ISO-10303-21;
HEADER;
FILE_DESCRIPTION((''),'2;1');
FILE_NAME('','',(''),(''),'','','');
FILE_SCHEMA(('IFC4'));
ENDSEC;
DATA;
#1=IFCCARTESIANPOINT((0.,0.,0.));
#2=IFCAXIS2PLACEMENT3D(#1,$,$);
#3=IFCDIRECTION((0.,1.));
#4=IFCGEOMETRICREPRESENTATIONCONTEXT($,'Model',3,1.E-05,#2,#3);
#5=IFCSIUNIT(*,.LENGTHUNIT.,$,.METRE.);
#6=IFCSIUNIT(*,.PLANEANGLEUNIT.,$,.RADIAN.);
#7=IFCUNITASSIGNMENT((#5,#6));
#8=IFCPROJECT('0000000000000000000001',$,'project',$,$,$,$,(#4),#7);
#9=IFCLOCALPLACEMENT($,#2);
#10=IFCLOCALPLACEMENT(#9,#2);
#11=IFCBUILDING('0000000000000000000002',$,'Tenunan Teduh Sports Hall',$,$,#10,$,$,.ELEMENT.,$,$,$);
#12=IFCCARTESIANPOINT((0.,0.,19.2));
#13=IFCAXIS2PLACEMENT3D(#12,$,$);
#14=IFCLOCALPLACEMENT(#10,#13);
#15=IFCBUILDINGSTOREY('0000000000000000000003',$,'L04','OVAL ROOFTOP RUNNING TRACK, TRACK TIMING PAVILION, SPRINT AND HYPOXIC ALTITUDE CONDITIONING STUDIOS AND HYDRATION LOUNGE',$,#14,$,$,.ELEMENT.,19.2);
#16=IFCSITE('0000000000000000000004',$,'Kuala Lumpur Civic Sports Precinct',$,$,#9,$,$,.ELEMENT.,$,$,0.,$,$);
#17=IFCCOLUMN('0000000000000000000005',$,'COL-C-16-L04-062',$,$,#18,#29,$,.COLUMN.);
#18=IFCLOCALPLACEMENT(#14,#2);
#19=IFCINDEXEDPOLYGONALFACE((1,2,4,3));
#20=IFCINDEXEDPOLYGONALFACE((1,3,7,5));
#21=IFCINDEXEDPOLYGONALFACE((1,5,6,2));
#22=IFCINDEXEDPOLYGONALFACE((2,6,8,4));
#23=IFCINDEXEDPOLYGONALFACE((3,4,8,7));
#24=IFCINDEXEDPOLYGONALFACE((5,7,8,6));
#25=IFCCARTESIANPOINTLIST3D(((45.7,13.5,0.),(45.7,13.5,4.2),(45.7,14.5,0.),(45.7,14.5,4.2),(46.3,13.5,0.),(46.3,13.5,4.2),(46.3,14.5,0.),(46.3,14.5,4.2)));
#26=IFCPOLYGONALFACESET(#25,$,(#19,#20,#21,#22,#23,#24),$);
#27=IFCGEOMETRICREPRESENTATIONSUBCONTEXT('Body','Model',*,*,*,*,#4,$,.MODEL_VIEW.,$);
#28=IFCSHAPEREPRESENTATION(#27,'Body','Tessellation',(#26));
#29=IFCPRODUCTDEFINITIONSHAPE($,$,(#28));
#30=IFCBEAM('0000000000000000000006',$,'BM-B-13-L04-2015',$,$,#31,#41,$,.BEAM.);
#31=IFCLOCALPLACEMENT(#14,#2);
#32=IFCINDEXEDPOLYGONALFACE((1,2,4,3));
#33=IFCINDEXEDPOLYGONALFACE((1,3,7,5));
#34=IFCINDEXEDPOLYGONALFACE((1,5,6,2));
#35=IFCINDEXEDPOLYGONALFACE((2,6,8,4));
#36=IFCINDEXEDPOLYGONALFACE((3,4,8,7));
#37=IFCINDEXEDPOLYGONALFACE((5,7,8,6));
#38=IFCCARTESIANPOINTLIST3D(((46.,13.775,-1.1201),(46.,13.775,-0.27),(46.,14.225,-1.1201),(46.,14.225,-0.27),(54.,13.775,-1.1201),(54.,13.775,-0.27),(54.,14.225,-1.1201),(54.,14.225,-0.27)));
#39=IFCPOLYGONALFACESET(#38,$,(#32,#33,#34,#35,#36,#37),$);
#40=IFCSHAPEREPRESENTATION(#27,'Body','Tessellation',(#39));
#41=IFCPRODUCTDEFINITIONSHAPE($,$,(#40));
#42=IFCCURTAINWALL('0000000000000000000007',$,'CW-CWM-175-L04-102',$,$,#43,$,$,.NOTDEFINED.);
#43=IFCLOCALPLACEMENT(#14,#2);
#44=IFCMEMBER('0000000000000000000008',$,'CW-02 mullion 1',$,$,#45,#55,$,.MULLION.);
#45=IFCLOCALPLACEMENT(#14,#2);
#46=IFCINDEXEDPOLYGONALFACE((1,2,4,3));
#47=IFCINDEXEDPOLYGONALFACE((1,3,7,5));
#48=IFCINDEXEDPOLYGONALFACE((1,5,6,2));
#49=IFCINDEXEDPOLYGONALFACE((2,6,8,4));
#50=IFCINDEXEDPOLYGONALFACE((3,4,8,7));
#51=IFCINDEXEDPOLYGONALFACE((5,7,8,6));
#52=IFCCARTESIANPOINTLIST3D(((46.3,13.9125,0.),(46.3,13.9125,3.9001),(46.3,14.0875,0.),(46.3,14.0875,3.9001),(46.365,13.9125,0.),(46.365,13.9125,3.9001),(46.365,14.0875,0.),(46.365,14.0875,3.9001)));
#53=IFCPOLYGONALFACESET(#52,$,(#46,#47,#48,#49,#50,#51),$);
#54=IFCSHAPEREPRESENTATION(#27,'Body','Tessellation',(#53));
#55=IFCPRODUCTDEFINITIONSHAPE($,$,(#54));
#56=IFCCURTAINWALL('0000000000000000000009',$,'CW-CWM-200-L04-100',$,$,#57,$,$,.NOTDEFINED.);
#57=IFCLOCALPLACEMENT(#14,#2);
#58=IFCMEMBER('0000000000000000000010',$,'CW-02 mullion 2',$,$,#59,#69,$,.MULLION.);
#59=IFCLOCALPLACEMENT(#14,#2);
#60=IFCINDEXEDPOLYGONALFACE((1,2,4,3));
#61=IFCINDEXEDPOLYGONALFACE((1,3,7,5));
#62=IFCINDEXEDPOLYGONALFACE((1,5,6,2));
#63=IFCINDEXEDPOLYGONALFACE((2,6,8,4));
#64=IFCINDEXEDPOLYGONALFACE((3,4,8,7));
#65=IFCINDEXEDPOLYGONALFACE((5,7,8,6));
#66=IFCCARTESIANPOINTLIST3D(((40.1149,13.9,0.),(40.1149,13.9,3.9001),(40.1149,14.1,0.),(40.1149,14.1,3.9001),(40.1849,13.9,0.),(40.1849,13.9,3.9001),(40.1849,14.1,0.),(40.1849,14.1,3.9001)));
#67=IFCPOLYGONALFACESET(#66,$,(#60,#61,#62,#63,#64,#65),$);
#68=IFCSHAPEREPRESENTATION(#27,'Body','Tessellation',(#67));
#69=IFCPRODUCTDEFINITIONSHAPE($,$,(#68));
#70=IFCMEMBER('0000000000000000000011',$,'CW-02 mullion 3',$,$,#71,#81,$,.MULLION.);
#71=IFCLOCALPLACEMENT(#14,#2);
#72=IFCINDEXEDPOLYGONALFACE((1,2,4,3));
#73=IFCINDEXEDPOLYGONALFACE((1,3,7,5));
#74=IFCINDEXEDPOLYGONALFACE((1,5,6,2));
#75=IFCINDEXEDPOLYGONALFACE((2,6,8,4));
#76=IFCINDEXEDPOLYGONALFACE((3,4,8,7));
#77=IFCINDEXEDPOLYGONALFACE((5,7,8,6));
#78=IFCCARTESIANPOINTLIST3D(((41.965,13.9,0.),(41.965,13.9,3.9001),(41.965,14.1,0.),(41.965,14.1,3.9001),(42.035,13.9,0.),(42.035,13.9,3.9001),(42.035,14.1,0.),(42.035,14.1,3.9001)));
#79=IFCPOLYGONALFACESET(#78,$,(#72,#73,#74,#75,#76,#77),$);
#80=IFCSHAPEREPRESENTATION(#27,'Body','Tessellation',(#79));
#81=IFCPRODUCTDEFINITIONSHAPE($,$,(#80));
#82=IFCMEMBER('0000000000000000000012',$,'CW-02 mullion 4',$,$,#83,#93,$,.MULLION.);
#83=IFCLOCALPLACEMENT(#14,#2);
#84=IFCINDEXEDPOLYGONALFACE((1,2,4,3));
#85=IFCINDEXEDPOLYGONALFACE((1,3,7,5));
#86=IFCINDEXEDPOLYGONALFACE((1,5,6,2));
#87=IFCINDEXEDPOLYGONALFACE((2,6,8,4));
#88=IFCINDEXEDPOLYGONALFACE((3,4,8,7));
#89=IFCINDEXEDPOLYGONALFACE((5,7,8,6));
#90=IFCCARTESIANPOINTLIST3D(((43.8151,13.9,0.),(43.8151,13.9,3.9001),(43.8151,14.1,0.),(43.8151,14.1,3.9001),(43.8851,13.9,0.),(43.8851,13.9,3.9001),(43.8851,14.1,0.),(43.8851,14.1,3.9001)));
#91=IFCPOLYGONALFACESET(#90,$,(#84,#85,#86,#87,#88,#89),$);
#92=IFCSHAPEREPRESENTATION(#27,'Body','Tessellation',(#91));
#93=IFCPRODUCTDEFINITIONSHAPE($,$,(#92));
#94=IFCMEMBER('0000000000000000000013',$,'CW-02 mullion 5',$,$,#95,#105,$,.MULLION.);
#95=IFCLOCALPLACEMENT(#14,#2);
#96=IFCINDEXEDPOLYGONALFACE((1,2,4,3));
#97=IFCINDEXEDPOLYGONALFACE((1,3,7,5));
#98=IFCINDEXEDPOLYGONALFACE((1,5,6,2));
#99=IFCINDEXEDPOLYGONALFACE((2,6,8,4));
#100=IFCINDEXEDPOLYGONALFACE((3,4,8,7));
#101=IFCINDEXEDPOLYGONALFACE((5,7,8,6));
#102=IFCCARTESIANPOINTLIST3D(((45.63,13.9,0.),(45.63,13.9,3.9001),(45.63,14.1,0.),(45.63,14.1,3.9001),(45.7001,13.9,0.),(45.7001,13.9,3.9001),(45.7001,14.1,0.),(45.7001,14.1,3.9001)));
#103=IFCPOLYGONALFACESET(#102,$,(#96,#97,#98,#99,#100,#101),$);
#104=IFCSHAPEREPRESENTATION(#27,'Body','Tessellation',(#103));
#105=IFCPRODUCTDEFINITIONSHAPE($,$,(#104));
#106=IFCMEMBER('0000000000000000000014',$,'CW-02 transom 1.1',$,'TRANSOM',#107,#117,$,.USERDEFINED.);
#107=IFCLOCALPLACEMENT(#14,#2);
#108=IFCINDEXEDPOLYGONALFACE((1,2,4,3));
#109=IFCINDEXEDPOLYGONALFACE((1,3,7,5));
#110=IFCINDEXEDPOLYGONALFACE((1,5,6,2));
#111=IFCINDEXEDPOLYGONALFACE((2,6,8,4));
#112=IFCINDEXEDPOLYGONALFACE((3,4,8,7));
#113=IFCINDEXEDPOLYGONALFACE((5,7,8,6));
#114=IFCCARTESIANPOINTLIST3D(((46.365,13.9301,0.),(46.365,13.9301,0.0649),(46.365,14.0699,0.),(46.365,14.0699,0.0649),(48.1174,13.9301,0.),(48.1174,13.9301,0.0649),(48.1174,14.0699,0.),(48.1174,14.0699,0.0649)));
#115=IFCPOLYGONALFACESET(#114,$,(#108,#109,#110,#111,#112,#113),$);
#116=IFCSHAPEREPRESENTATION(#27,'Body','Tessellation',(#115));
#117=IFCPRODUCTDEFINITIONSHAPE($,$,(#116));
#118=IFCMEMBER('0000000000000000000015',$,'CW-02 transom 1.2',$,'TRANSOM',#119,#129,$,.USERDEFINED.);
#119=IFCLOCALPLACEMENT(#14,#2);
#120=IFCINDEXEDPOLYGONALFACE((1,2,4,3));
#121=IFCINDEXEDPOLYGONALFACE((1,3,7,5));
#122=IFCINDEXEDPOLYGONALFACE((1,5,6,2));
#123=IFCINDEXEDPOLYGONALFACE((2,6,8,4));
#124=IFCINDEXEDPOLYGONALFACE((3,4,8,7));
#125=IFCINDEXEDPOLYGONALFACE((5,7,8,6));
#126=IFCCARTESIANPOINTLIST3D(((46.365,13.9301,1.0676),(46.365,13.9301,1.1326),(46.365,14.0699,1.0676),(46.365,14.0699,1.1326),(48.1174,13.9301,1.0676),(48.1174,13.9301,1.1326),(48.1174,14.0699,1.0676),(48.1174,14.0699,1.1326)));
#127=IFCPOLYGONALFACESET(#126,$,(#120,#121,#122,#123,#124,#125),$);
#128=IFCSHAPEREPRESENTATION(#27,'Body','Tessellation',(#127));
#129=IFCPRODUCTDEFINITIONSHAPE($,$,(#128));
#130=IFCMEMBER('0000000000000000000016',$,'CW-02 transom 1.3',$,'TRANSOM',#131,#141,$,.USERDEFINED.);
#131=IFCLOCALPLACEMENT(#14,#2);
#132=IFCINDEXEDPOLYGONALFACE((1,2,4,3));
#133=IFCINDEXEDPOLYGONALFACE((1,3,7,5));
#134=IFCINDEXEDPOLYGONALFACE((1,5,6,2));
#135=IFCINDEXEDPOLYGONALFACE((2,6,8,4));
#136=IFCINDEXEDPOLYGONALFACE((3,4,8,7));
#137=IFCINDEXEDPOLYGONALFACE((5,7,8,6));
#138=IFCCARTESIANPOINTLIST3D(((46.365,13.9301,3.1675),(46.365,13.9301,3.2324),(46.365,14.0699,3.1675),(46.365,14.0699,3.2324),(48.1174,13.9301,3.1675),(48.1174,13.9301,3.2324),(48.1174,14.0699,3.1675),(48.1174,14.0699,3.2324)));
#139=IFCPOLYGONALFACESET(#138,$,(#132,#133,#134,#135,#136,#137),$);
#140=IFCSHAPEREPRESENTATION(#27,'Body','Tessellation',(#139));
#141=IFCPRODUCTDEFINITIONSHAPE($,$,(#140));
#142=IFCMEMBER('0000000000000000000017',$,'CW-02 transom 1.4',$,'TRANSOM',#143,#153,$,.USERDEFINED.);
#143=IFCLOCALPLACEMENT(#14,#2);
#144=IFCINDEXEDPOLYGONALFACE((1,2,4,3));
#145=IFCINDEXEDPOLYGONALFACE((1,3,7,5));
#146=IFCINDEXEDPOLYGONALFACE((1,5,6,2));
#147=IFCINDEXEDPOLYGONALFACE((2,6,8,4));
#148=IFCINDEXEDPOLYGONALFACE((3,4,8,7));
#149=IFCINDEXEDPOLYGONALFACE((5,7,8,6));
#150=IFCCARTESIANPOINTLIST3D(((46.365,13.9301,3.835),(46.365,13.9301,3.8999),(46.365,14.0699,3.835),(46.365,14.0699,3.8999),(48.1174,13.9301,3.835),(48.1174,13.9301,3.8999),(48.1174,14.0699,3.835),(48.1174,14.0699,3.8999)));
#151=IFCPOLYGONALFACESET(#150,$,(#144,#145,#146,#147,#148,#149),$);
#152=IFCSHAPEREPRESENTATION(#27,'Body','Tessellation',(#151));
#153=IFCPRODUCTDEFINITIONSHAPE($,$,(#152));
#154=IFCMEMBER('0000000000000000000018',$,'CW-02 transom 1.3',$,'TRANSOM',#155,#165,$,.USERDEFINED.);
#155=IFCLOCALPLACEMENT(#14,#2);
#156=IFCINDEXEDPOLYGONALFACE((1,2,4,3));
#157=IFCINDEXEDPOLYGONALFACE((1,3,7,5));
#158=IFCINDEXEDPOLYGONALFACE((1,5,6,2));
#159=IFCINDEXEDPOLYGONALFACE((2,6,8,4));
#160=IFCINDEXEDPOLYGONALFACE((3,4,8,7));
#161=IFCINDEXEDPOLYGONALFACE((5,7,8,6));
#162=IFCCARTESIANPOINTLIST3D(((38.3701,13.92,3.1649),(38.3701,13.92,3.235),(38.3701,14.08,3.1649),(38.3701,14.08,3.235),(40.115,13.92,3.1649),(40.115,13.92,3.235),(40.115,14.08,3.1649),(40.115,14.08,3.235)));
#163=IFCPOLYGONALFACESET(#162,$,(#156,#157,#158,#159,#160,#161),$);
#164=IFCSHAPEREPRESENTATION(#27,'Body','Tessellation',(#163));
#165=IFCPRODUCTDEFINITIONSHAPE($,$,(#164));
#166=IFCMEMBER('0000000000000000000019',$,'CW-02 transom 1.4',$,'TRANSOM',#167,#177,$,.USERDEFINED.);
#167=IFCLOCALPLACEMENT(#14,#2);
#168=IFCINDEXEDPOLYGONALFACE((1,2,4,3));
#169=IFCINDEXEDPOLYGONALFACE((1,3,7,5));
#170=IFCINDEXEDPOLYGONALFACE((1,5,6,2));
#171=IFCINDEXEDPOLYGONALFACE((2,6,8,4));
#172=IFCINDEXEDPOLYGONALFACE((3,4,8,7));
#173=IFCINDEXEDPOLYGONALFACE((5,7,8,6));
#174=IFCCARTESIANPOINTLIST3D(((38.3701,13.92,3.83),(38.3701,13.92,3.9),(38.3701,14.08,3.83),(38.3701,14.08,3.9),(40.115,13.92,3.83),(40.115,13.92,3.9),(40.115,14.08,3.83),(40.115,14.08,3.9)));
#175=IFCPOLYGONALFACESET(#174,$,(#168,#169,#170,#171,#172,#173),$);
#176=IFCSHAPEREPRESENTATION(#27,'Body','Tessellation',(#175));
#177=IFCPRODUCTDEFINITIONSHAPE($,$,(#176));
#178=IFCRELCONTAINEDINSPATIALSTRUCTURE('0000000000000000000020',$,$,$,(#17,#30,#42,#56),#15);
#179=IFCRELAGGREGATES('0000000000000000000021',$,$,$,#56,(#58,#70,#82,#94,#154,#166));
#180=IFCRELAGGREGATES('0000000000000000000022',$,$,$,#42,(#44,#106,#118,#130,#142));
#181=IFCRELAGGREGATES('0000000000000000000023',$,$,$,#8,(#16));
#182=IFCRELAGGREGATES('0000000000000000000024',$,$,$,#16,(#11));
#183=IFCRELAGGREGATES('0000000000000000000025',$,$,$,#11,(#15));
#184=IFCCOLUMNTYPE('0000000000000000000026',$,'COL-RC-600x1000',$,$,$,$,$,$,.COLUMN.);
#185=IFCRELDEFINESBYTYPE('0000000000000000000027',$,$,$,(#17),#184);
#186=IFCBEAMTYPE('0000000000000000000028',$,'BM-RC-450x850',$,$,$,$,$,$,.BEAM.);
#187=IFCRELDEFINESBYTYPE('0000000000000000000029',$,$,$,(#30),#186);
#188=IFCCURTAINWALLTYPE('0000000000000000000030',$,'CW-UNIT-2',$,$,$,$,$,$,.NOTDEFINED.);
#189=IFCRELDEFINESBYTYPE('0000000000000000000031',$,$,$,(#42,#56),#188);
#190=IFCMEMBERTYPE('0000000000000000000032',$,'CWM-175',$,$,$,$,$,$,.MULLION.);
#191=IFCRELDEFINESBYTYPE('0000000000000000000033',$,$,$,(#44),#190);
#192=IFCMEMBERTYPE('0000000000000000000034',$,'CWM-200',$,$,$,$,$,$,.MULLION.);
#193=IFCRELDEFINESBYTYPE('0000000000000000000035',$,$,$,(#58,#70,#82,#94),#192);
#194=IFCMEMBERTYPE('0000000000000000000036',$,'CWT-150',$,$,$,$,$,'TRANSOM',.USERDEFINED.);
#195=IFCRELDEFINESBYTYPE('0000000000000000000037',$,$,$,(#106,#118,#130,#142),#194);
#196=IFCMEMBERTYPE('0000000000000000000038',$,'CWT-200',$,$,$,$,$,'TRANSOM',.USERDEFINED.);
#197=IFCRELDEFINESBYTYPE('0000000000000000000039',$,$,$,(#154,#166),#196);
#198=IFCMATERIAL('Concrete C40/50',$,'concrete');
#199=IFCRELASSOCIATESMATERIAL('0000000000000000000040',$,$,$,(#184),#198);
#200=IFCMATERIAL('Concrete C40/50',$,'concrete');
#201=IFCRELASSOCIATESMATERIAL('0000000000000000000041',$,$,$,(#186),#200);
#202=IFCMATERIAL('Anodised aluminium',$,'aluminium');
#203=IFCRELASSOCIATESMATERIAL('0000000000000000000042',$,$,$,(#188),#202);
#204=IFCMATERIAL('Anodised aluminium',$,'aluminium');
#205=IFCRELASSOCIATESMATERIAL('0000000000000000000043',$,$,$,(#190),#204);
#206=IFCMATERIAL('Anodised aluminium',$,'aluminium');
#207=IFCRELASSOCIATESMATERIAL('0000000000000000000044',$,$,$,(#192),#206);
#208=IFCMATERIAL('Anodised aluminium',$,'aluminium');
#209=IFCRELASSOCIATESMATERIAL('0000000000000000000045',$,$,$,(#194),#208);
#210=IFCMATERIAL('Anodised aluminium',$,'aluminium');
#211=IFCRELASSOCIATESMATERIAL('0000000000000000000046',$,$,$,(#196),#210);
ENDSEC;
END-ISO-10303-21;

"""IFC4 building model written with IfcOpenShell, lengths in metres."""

from ifc_helpers import new_model, si_unit, direction, frame, origin, origin_2d, place, context, subcontext, project, spatial, rectangle, extrude, material, material_profile, profile_set, type_object, element, aggregate, save


model = new_model("IFC4")

# Units and contexts
model_context = context("Model", 3, precision=1e-05, world=origin(), true_north=direction((0.0, 1.0)))
body_context = subcontext(model_context, "Body", "Model", "MODEL_VIEW")
ifc_project = project(units=[si_unit("LENGTHUNIT", "METRE"), si_unit("PLANEANGLEUNIT", "RADIAN")], contexts=[model_context])

# Site, building, storey
site_placement = place(None, origin())
site = spatial("IfcSite", under=ifc_project, at=site_placement, Name="Kuala Lumpur Civic Sports Precinct", CompositionType="ELEMENT", RefElevation=0.0)
building_placement = place(site_placement, origin())
building = spatial("IfcBuilding", under=site, at=building_placement, Name="Tenunan Teduh Sports Hall", CompositionType="ELEMENT")
storey_placement = place(building_placement, frame((0.0, 0.0, 19.2)))
storey = spatial("IfcBuildingStorey", under=building, at=storey_placement, Name="L04", Description="OVAL ROOFTOP RUNNING TRACK, TRACK TIMING PAVILION, SPRINT AND HYPOXIC ALTITUDE CONDITIONING STUDIOS AND HYDRATION LOUNGE", CompositionType="ELEMENT", Elevation=19.2)

# Column
ifc_material_1 = material(Name="Concrete C40/50", Category="concrete")
ifc_material_profile_1 = material_profile(ifc_material_1, rectangle(XDim=0.6001, YDim=1.0, at=origin_2d()), Name="RC 600x1000")
ifc_profile_set_1 = profile_set([ifc_material_profile_1], Name="Concrete C40/50")
column_type = type_object("IfcColumnType", Name="COL-RC-600x1000", PredefinedType="COLUMN", material=ifc_profile_set_1)
column_placement = place(storey_placement, frame((46.0, 14.0, 0.0), z_axis=(0.0, 0.0, 1.0), x_axis=(1.0, 0.0, 0.0)))
element("IfcColumn", 1, at=column_placement, inside=storey, type_object=column_type, Name="COL-C-16-L04-062", PredefinedType="COLUMN", context=body_context, shape_type="SweptSolid", body=[
    extrude(rectangle(XDim=0.6001, YDim=1.0, at=origin_2d()), origin(), (0.0, 0.0, 1.0), 4.2),
])

# Beam
ifc_material_2 = material(Name="Concrete C40/50", Category="concrete")
ifc_material_profile_2 = material_profile(ifc_material_2, rectangle(XDim=0.45, YDim=0.8501, at=origin_2d()), Name="RCB 450x850")
ifc_profile_set_2 = profile_set([ifc_material_profile_2], Name="Concrete C40/50")
beam_type = type_object("IfcBeamType", Name="BM-RC-450x850", PredefinedType="BEAM", material=ifc_profile_set_2)
beam_placement = place(storey_placement, frame((46.0, 14.0, -0.6951), z_axis=(1.0, 0.0, 0.0), x_axis=(0.0, 1.0, 0.0)))
element("IfcBeam", 2, at=beam_placement, inside=storey, type_object=beam_type, Name="BM-B-13-L04-2015", PredefinedType="BEAM", context=body_context, shape_type="SweptSolid", body=[
    extrude(rectangle(XDim=0.45, YDim=0.8501, at=origin_2d()), origin(), (0.0, 0.0, 1.0), 8.0),
])

# Curtain wall, member
ifc_material_3 = material(Name="Anodised aluminium", Category="aluminium")
curtain_wall_type = type_object("IfcCurtainWallType", Name="CW-UNIT-2", PredefinedType="NOTDEFINED", material=ifc_material_3)
curtain_wall_1_placement = place(storey_placement, origin())
curtain_wall_1 = element("IfcCurtainWall", 3, at=curtain_wall_1_placement, inside=storey, type_object=curtain_wall_type, Name="CW-CWM-175-L04-102", PredefinedType="NOTDEFINED")
ifc_material_4 = material(Name="Anodised aluminium", Category="aluminium")
ifc_material_profile_3 = material_profile(ifc_material_4, rectangle(XDim=0.0649, YDim=0.175, at=origin_2d()), Name="CWM 65x175")
ifc_profile_set_3 = profile_set([ifc_material_profile_3], Name="Anodised aluminium")
member_type_1 = type_object("IfcMemberType", Name="CWM-175", PredefinedType="MULLION", material=ifc_profile_set_3)
member_1_placement = place(storey_placement, frame((46.3325, 14.0, 0.0), z_axis=(0.0, 0.0, 1.0), x_axis=(1.0, 0.0, 0.0)))
member_1 = element("IfcMember", 4, at=member_1_placement, type_object=member_type_1, Name="CW-02 mullion 1", PredefinedType="MULLION", context=body_context, shape_type="SweptSolid", body=[
    extrude(rectangle(XDim=0.0649, YDim=0.175, at=origin_2d()), origin(), (0.0, 0.0, 1.0), 3.9001),
])

# Curtain wall, members
curtain_wall_2_placement = place(storey_placement, origin())
curtain_wall_2 = element("IfcCurtainWall", 5, at=curtain_wall_2_placement, inside=storey, type_object=curtain_wall_type, Name="CW-CWM-200-L04-100", PredefinedType="NOTDEFINED")
ifc_material_5 = material(Name="Anodised aluminium", Category="aluminium")
ifc_material_profile_4 = material_profile(ifc_material_5, rectangle(XDim=0.0701, YDim=0.2, at=origin_2d()), Name="CWM 70x200")
ifc_profile_set_4 = profile_set([ifc_material_profile_4], Name="Anodised aluminium")
member_type_2 = type_object("IfcMemberType", Name="CWM-200", PredefinedType="MULLION", material=ifc_profile_set_4)
member_2_placement = place(storey_placement, frame((40.1499, 14.0, 0.0), z_axis=(0.0, 0.0, 1.0), x_axis=(1.0, 0.0, 0.0)))
member_2 = element("IfcMember", 6, at=member_2_placement, type_object=member_type_2, Name="CW-02 mullion 2", PredefinedType="MULLION", context=body_context, shape_type="SweptSolid", body=[
    extrude(rectangle(XDim=0.0701, YDim=0.2, at=origin_2d()), origin(), (0.0, 0.0, 1.0), 3.9001),
])
member_3_placement = place(storey_placement, frame((42.0, 14.0, 0.0), z_axis=(0.0, 0.0, 1.0), x_axis=(1.0, 0.0, 0.0)))
member_3 = element("IfcMember", 7, at=member_3_placement, type_object=member_type_2, Name="CW-02 mullion 3", PredefinedType="MULLION", context=body_context, shape_type="SweptSolid", body=[
    extrude(rectangle(XDim=0.0701, YDim=0.2, at=origin_2d()), origin(), (0.0, 0.0, 1.0), 3.9001),
])
member_4_placement = place(storey_placement, frame((43.8501, 14.0, 0.0), z_axis=(0.0, 0.0, 1.0), x_axis=(1.0, 0.0, 0.0)))
member_4 = element("IfcMember", 8, at=member_4_placement, type_object=member_type_2, Name="CW-02 mullion 4", PredefinedType="MULLION", context=body_context, shape_type="SweptSolid", body=[
    extrude(rectangle(XDim=0.0701, YDim=0.2, at=origin_2d()), origin(), (0.0, 0.0, 1.0), 3.9001),
])
member_5_placement = place(storey_placement, frame((45.665, 14.0, 0.0), z_axis=(0.0, 0.0, 1.0), x_axis=(1.0, 0.0, 0.0)))
member_5 = element("IfcMember", 9, at=member_5_placement, type_object=member_type_2, Name="CW-02 mullion 5", PredefinedType="MULLION", context=body_context, shape_type="SweptSolid", body=[
    extrude(rectangle(XDim=0.0701, YDim=0.2, at=origin_2d()), origin(), (0.0, 0.0, 1.0), 3.9001),
])

# Members
ifc_material_6 = material(Name="Anodised aluminium", Category="aluminium")
ifc_material_profile_5 = material_profile(ifc_material_6, rectangle(XDim=0.0649, YDim=0.1399, at=origin_2d()), Name="CWT 65x140")
ifc_profile_set_5 = profile_set([ifc_material_profile_5], Name="Anodised aluminium")
member_type_3 = type_object("IfcMemberType", Name="CWT-150", ElementType="TRANSOM", PredefinedType="USERDEFINED", material=ifc_profile_set_5)
member_6_placement = place(storey_placement, frame((46.365, 14.0, 0.0325), z_axis=(1.0, 0.0, 0.0), x_axis=(0.0, 0.0, 1.0)))
member_6 = element("IfcMember", 10, at=member_6_placement, type_object=member_type_3, Name="CW-02 transom 1.1", ObjectType="TRANSOM", PredefinedType="USERDEFINED", context=body_context, shape_type="SweptSolid", body=[
    extrude(rectangle(XDim=0.0649, YDim=0.1399, at=origin_2d()), origin(), (0.0, 0.0, 1.0), 1.7524),
])
member_7_placement = place(storey_placement, frame((46.365, 14.0, 1.1001), z_axis=(1.0, 0.0, 0.0), x_axis=(0.0, 0.0, 1.0)))
member_7 = element("IfcMember", 11, at=member_7_placement, type_object=member_type_3, Name="CW-02 transom 1.2", ObjectType="TRANSOM", PredefinedType="USERDEFINED", context=body_context, shape_type="SweptSolid", body=[
    extrude(rectangle(XDim=0.0649, YDim=0.1399, at=origin_2d()), origin(), (0.0, 0.0, 1.0), 1.7524),
])
member_8_placement = place(storey_placement, frame((46.365, 14.0, 3.2), z_axis=(1.0, 0.0, 0.0), x_axis=(0.0, 0.0, 1.0)))
member_8 = element("IfcMember", 12, at=member_8_placement, type_object=member_type_3, Name="CW-02 transom 1.3", ObjectType="TRANSOM", PredefinedType="USERDEFINED", context=body_context, shape_type="SweptSolid", body=[
    extrude(rectangle(XDim=0.0649, YDim=0.1399, at=origin_2d()), origin(), (0.0, 0.0, 1.0), 1.7524),
])
member_9_placement = place(storey_placement, frame((46.365, 14.0, 3.8674), z_axis=(1.0, 0.0, 0.0), x_axis=(0.0, 0.0, 1.0)))
member_9 = element("IfcMember", 13, at=member_9_placement, type_object=member_type_3, Name="CW-02 transom 1.4", ObjectType="TRANSOM", PredefinedType="USERDEFINED", context=body_context, shape_type="SweptSolid", body=[
    extrude(rectangle(XDim=0.0649, YDim=0.1399, at=origin_2d()), origin(), (0.0, 0.0, 1.0), 1.7524),
])
ifc_material_7 = material(Name="Anodised aluminium", Category="aluminium")
ifc_material_profile_6 = material_profile(ifc_material_7, rectangle(XDim=0.0701, YDim=0.1599, at=origin_2d()), Name="CWT 70x160")
ifc_profile_set_6 = profile_set([ifc_material_profile_6], Name="Anodised aluminium")
member_type_4 = type_object("IfcMemberType", Name="CWT-200", ElementType="TRANSOM", PredefinedType="USERDEFINED", material=ifc_profile_set_6)
member_10_placement = place(storey_placement, frame((38.3701, 14.0, 3.2), z_axis=(1.0, 0.0, 0.0), x_axis=(0.0, 0.0, 1.0)))
member_10 = element("IfcMember", 14, at=member_10_placement, type_object=member_type_4, Name="CW-02 transom 1.3", ObjectType="TRANSOM", PredefinedType="USERDEFINED", context=body_context, shape_type="SweptSolid", body=[
    extrude(rectangle(XDim=0.0701, YDim=0.1599, at=origin_2d()), origin(), (0.0, 0.0, 1.0), 1.7449),
])
member_11_placement = place(storey_placement, frame((38.3701, 14.0, 3.865), z_axis=(1.0, 0.0, 0.0), x_axis=(0.0, 0.0, 1.0)))
member_11 = element("IfcMember", 15, at=member_11_placement, type_object=member_type_4, Name="CW-02 transom 1.4", ObjectType="TRANSOM", PredefinedType="USERDEFINED", context=body_context, shape_type="SweptSolid", body=[
    extrude(rectangle(XDim=0.0701, YDim=0.1599, at=origin_2d()), origin(), (0.0, 0.0, 1.0), 1.7449),
])

aggregate(curtain_wall_2, [member_2, member_3, member_4, member_5, member_10, member_11])
aggregate(curtain_wall_1, [member_1, member_6, member_7, member_8, member_9])

save(model, "model.ifc")
